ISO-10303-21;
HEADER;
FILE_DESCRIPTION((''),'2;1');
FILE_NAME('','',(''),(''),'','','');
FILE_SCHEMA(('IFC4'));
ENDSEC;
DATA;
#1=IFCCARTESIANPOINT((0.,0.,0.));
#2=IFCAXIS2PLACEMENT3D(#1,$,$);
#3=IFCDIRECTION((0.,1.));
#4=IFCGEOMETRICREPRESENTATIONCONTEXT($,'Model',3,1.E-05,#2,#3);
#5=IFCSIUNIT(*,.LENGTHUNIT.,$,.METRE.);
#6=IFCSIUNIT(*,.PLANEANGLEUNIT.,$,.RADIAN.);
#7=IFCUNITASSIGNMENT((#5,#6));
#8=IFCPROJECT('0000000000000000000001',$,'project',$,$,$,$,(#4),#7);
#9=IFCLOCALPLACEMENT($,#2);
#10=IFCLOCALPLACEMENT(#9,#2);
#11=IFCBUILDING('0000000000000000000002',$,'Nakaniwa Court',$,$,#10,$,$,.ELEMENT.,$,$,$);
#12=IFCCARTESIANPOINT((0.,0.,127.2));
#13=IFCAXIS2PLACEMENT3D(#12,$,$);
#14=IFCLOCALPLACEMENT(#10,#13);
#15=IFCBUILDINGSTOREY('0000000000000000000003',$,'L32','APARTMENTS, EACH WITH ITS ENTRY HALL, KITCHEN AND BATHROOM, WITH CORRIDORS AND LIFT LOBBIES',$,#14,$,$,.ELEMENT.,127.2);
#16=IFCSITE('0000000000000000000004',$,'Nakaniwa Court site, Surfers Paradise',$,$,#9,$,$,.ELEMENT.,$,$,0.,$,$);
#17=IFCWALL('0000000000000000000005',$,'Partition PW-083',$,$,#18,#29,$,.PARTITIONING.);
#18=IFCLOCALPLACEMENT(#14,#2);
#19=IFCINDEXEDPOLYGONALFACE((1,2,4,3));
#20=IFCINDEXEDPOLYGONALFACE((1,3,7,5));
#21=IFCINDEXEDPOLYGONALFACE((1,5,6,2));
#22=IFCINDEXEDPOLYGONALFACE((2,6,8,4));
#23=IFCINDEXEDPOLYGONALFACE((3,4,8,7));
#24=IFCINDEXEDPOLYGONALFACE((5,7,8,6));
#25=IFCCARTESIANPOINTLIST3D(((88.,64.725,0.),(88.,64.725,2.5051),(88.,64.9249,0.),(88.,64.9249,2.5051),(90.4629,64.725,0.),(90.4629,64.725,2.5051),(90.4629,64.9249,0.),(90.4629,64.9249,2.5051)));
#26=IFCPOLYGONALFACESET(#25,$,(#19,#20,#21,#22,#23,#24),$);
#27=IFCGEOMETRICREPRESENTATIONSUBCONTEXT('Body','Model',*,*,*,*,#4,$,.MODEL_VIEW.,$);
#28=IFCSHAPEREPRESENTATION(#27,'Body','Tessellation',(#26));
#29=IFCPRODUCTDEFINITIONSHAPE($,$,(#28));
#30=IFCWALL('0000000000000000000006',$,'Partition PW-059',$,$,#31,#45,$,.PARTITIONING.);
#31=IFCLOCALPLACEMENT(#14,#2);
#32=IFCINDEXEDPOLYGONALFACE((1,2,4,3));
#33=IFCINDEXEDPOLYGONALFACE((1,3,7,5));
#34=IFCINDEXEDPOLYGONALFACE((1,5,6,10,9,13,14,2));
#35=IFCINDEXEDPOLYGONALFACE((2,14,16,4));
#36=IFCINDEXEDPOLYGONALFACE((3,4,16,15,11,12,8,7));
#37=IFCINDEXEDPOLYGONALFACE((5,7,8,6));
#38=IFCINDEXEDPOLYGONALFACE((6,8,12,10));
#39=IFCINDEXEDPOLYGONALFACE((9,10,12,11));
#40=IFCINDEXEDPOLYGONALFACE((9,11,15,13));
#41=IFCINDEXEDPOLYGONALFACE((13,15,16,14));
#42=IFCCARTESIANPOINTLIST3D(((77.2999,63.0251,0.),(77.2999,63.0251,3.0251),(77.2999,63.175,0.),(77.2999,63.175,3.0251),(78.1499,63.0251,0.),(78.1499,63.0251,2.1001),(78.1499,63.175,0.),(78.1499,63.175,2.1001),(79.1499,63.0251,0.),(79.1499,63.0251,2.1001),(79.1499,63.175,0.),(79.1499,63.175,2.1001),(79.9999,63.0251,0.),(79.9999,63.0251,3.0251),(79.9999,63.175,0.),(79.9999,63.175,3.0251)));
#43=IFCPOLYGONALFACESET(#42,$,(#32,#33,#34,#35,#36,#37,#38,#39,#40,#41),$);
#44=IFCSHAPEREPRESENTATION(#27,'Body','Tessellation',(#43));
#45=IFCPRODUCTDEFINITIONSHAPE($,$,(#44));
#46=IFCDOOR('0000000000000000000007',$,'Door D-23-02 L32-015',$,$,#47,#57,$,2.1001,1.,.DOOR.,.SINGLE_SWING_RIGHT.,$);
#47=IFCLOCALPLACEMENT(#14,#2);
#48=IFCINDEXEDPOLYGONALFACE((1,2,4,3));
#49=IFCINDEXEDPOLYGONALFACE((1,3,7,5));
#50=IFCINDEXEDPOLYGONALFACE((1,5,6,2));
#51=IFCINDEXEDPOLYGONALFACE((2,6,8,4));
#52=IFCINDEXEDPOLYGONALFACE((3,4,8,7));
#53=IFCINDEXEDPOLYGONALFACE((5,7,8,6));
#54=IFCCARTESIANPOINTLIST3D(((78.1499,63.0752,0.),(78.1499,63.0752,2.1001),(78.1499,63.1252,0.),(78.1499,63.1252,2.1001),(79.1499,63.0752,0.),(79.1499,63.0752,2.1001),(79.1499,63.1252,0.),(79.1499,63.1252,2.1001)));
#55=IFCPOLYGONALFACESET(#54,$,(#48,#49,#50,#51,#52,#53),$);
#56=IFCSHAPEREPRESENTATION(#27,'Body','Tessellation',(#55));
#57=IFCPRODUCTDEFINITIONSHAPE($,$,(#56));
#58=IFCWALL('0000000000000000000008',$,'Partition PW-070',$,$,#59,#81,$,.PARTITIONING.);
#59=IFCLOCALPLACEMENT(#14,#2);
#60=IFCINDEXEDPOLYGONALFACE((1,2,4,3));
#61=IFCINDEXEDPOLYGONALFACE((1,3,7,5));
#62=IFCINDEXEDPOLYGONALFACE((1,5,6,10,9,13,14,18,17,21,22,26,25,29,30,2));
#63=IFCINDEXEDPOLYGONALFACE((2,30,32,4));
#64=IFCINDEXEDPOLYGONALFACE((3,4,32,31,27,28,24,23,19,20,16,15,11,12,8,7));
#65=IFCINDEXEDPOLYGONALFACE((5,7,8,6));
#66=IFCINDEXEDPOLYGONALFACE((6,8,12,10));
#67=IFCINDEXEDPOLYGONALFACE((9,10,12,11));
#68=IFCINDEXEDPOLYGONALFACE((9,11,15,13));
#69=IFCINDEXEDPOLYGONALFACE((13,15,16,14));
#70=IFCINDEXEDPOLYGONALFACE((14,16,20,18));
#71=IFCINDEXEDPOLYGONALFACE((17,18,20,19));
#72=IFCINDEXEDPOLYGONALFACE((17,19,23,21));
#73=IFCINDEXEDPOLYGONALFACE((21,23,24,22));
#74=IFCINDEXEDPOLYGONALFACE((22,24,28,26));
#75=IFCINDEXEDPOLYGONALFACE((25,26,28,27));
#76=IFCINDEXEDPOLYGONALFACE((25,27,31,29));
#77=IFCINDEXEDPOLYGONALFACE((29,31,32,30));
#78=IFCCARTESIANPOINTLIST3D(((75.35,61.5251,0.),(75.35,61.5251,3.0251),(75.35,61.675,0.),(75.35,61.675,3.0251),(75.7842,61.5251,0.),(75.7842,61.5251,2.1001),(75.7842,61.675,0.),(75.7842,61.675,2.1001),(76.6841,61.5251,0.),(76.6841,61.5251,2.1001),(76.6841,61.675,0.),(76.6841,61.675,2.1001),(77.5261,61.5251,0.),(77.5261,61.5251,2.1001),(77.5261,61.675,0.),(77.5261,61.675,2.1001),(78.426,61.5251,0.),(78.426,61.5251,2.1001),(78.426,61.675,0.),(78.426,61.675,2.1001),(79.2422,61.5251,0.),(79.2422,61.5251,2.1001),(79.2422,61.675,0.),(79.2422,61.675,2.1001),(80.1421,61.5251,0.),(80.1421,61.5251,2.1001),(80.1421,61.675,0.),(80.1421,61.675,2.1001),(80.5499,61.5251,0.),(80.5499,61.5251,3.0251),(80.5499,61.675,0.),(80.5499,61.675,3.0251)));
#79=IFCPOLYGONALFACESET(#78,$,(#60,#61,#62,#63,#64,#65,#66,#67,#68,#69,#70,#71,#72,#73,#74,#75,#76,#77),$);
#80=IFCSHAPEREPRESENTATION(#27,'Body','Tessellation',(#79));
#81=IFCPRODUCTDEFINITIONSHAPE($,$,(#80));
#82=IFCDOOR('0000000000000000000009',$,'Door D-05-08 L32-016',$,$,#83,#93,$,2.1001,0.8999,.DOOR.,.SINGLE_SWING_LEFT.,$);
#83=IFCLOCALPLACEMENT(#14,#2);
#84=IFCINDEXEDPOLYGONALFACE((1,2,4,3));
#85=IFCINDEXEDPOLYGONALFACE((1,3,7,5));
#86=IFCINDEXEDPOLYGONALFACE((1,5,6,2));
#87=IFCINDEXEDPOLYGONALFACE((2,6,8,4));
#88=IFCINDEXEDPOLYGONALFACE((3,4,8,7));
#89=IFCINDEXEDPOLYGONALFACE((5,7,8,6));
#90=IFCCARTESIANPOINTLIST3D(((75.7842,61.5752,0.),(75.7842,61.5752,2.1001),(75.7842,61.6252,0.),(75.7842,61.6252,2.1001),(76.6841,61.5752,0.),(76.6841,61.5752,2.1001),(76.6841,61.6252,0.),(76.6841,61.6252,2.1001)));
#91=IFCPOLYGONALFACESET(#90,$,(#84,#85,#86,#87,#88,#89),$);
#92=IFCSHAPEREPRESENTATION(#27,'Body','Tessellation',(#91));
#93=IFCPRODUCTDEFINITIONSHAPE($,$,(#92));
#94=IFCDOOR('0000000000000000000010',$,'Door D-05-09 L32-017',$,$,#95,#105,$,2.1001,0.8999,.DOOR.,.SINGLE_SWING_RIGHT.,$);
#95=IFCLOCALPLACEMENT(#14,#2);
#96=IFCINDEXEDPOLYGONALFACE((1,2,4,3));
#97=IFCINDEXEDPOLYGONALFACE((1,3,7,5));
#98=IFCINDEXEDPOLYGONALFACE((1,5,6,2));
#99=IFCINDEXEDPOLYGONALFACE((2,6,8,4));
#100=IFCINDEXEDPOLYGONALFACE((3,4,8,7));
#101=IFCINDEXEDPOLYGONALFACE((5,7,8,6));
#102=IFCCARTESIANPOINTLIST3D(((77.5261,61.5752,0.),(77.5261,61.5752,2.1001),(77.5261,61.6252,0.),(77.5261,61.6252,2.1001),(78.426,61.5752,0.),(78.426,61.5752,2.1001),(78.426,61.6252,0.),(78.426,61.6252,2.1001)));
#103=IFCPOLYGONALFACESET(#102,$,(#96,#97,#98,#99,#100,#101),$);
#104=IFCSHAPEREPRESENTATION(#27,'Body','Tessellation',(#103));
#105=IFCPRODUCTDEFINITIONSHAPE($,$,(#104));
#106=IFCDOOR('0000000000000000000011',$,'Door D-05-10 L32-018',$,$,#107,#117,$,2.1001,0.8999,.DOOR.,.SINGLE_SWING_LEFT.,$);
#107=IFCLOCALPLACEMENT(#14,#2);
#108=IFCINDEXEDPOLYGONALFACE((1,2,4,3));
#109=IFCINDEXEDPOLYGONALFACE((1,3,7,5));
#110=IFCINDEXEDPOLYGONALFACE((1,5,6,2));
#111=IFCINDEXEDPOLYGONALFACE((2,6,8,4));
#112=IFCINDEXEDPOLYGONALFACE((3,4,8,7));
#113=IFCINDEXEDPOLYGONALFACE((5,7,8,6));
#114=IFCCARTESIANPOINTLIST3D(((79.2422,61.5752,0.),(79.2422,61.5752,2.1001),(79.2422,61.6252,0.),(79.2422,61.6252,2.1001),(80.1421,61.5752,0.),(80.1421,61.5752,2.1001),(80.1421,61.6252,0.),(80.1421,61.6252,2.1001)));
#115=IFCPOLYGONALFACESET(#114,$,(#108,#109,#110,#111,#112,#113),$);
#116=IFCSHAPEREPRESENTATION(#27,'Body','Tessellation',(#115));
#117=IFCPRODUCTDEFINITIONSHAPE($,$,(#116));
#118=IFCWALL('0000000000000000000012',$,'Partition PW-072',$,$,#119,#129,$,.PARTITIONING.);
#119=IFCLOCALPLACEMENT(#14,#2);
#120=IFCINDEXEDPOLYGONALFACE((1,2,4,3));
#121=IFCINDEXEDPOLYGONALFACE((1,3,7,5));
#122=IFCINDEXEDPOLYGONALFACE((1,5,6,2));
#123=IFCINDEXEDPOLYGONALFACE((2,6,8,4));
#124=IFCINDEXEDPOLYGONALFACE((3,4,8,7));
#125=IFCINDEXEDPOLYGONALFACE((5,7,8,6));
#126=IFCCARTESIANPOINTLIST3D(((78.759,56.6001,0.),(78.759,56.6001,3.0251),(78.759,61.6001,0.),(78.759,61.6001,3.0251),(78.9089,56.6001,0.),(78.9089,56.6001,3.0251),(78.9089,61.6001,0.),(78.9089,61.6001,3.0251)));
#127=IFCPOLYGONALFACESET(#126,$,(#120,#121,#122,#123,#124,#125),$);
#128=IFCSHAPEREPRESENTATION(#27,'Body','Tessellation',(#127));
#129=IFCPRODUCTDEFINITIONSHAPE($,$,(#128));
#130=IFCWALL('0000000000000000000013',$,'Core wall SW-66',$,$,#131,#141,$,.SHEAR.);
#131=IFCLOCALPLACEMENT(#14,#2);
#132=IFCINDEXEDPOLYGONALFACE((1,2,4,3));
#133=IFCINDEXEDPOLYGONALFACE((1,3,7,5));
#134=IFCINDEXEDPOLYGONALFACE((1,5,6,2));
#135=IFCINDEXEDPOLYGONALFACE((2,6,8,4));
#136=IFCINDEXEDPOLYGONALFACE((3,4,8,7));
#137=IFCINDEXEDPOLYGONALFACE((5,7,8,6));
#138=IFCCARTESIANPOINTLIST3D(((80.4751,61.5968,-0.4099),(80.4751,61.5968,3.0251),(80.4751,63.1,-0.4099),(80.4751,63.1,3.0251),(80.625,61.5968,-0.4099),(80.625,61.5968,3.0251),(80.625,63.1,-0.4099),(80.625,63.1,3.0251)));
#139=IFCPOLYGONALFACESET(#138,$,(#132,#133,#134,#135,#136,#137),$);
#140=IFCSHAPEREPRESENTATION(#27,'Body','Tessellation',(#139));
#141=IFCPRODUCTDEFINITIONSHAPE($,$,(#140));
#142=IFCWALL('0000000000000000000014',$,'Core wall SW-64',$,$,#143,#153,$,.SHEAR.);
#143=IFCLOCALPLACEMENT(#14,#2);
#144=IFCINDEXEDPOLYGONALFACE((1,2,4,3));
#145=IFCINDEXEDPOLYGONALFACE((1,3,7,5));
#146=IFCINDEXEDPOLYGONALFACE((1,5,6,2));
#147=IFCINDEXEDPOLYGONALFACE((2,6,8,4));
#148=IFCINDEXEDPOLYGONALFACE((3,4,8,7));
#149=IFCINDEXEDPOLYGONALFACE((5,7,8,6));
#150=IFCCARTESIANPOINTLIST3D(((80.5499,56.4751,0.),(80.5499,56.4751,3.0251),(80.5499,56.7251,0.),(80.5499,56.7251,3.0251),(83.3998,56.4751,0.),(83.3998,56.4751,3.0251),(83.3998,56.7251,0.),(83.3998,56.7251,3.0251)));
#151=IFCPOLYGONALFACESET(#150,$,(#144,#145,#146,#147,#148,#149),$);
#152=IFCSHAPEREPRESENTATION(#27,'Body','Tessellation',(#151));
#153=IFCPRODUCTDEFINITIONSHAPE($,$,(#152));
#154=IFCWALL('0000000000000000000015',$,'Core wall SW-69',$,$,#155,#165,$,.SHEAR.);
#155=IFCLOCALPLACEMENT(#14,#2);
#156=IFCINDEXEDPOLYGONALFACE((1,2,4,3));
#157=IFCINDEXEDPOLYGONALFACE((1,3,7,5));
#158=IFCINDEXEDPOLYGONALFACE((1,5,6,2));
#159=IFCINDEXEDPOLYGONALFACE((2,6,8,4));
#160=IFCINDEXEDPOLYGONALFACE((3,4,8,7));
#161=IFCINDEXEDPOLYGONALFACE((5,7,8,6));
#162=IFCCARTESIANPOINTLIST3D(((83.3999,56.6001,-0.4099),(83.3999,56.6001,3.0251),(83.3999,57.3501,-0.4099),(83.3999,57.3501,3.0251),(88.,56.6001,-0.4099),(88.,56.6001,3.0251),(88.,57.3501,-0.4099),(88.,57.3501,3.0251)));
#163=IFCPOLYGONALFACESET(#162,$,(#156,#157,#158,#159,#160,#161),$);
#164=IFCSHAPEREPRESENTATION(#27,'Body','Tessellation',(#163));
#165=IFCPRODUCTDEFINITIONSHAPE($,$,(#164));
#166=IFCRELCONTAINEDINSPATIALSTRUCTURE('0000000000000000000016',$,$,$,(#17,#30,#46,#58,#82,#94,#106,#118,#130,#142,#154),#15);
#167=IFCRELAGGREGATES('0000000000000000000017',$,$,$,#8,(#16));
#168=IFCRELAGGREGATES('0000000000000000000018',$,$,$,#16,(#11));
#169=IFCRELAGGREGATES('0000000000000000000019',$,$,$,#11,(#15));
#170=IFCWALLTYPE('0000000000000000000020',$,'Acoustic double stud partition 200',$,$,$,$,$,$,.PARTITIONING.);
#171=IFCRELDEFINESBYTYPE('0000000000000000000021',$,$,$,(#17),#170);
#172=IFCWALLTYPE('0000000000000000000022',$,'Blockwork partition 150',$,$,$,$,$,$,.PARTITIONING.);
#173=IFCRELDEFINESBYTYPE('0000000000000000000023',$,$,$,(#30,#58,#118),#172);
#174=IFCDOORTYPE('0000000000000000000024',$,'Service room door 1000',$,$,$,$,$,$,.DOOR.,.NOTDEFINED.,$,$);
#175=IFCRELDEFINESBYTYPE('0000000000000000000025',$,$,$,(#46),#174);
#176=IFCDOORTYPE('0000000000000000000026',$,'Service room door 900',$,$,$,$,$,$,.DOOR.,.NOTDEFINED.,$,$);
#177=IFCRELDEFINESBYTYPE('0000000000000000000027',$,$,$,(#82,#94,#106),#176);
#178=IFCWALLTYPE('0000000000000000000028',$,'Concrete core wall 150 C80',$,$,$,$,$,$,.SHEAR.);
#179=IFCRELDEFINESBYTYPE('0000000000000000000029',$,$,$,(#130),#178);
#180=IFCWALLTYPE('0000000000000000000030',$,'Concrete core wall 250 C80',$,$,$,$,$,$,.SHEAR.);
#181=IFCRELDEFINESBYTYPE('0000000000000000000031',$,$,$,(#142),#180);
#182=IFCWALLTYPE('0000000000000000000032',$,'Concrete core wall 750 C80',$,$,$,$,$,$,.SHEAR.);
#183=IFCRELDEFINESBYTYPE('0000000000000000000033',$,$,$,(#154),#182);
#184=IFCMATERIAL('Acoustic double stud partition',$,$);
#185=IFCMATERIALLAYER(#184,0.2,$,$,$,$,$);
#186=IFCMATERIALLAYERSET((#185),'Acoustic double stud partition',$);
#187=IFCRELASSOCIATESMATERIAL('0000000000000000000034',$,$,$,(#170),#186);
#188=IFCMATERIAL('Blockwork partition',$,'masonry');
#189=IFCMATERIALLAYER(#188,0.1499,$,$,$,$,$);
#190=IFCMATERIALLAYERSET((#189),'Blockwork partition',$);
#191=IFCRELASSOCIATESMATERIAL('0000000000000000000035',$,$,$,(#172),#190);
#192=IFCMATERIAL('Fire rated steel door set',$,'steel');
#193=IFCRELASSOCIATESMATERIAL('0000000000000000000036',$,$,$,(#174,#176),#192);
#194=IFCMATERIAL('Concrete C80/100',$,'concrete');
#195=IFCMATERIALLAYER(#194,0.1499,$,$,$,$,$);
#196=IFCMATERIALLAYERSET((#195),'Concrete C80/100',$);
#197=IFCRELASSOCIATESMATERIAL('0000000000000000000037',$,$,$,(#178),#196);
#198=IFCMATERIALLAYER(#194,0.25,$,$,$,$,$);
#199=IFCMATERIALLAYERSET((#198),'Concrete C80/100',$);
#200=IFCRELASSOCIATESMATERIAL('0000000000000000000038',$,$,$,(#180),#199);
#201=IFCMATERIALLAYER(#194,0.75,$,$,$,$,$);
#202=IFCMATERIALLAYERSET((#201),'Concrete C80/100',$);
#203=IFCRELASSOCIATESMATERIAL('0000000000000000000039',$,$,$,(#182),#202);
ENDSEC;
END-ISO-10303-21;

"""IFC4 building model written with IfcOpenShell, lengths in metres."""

from ifc_helpers import new_model, si_unit, direction, frame, frame_2d, origin, place, context, subcontext, project, spatial, rectangle, extrude, material, layer, layer_set, type_object, element, fill, save


model = new_model("IFC4")

# Units and contexts
model_context = context("Model", 3, precision=1e-05, world=origin(), true_north=direction((0.0, 1.0)))
body_context = subcontext(model_context, "Body", "Model", "MODEL_VIEW")
ifc_project = project(units=[si_unit("LENGTHUNIT", "METRE"), si_unit("PLANEANGLEUNIT", "RADIAN")], contexts=[model_context])

# Site, building, storey
site_placement = place(None, origin())
site = spatial("IfcSite", under=ifc_project, at=site_placement, Name="Nakaniwa Court site, Surfers Paradise", CompositionType="ELEMENT", RefElevation=0.0)
building_placement = place(site_placement, origin())
building = spatial("IfcBuilding", under=site, at=building_placement, Name="Nakaniwa Court", CompositionType="ELEMENT")
storey_placement = place(building_placement, frame((0.0, 0.0, 127.2)))
storey = spatial("IfcBuildingStorey", under=building, at=storey_placement, Name="L32", Description="APARTMENTS, EACH WITH ITS ENTRY HALL, KITCHEN AND BATHROOM, WITH CORRIDORS AND LIFT LOBBIES", CompositionType="ELEMENT", Elevation=127.2)

# Wall
ifc_material_1 = material(Name="Acoustic double stud partition")
ifc_layer_1 = layer(ifc_material_1, 0.2)
ifc_layer_set_1 = layer_set([ifc_layer_1], Name="Acoustic double stud partition")
wall_type_1 = type_object("IfcWallType", Name="Acoustic double stud partition 200", PredefinedType="PARTITIONING", material=ifc_layer_set_1)
wall_1_placement = place(storey_placement, frame((88.0, 64.825, 0.0), z_axis=(0.0, 0.0, 1.0), x_axis=(1.0, 0.0, 0.0)))
element("IfcWall", 1, at=wall_1_placement, inside=storey, type_object=wall_type_1, Name="Partition PW-083", PredefinedType="PARTITIONING", context=body_context, shape_type="SweptSolid", body=[
    extrude(rectangle(XDim=2.4629, YDim=0.2, at=frame_2d((1.2314, 0.0))), origin(), (0.0, 0.0, 1.0), 2.5051),
])

# Wall, opening, door
ifc_material_2 = material(Name="Blockwork partition", Category="masonry")
ifc_layer_2 = layer(ifc_material_2, 0.1499)
ifc_layer_set_2 = layer_set([ifc_layer_2], Name="Blockwork partition")
wall_type_2 = type_object("IfcWallType", Name="Blockwork partition 150", PredefinedType="PARTITIONING", material=ifc_layer_set_2)
wall_2_placement = place(storey_placement, frame((80.0, 63.1001, 0.0), z_axis=(0.0, 0.0, 1.0), x_axis=(-1.0, 0.0, 0.0)))
wall_2 = element("IfcWall", 2, at=wall_2_placement, inside=storey, type_object=wall_type_2, Name="Partition PW-059", PredefinedType="PARTITIONING", context=body_context, shape_type="SweptSolid", body=[
    extrude(rectangle(XDim=2.7, YDim=0.1499, at=frame_2d((1.3501, 0.0))), origin(), (0.0, 0.0, 1.0), 3.0251),
])
opening_1_placement = place(wall_2_placement, frame((0.8501, 0.0, 0.0)))
opening_1 = element("IfcOpeningElement", 3, at=opening_1_placement, cuts=wall_2, PredefinedType="OPENING", context=body_context, shape_type="SweptSolid", body=[
    extrude(rectangle(XDim=1.0, YDim=2.1001, at=frame_2d((0.5, 1.05))), frame((0.0, 0.085, 0.0), z_axis=(0.0, -1.0, 0.0), x_axis=(1.0, 0.0, 0.0)), (0.0, 0.0, 1.0), 0.1699),
])
ifc_material_3 = material(Name="Fire rated steel door set", Category="steel")
door_type_1 = type_object("IfcDoorType", Name="Service room door 1000", OperationType="NOTDEFINED", PredefinedType="DOOR", material=ifc_material_3)
door_1_placement = place(opening_1_placement, origin())
door_1 = element("IfcDoor", 4, at=door_1_placement, inside=storey, type_object=door_type_1, Name="Door D-23-02 L32-015", OperationType="SINGLE_SWING_RIGHT", OverallHeight=2.1001, OverallWidth=1.0, PredefinedType="DOOR", context=body_context, shape_type="SweptSolid", body=[
    extrude(rectangle(XDim=1.0, YDim=2.1001, at=frame_2d((0.5, 1.05))), frame((0.0, 0.0249, 0.0), z_axis=(0.0, -1.0, 0.0), x_axis=(1.0, 0.0, 0.0)), (0.0, 0.0, 1.0), 0.05),
])
fill(opening_1, door_1)

# Wall, openings, doors
wall_3_placement = place(storey_placement, frame((80.55, 61.6001, 0.0), z_axis=(0.0, 0.0, 1.0), x_axis=(-1.0, 0.0, 0.0)))
wall_3 = element("IfcWall", 5, at=wall_3_placement, inside=storey, type_object=wall_type_2, Name="Partition PW-070", PredefinedType="PARTITIONING", context=body_context, shape_type="SweptSolid", body=[
    extrude(rectangle(XDim=5.2, YDim=0.1499, at=frame_2d((2.6001, 0.0))), origin(), (0.0, 0.0, 1.0), 3.0251),
])
opening_2_placement = place(wall_3_placement, frame((3.866, 0.0, 0.0)))
opening_2 = element("IfcOpeningElement", 6, at=opening_2_placement, cuts=wall_3, PredefinedType="OPENING", context=body_context, shape_type="SweptSolid", body=[
    extrude(rectangle(XDim=0.8999, YDim=2.1001, at=frame_2d((0.45, 1.05))), frame((0.0, 0.085, 0.0), z_axis=(0.0, -1.0, 0.0), x_axis=(1.0, 0.0, 0.0)), (0.0, 0.0, 1.0), 0.1699),
])
opening_3_placement = place(wall_3_placement, frame((2.124, 0.0, 0.0)))
opening_3 = element("IfcOpeningElement", 7, at=opening_3_placement, cuts=wall_3, PredefinedType="OPENING", context=body_context, shape_type="SweptSolid", body=[
    extrude(rectangle(XDim=0.8999, YDim=2.1001, at=frame_2d((0.45, 1.05))), frame((0.0, 0.085, 0.0), z_axis=(0.0, -1.0, 0.0), x_axis=(1.0, 0.0, 0.0)), (0.0, 0.0, 1.0), 0.1699),
])
opening_4_placement = place(wall_3_placement, frame((0.408, 0.0, 0.0)))
opening_4 = element("IfcOpeningElement", 8, at=opening_4_placement, cuts=wall_3, PredefinedType="OPENING", context=body_context, shape_type="SweptSolid", body=[
    extrude(rectangle(XDim=0.8999, YDim=2.1001, at=frame_2d((0.45, 1.05))), frame((0.0, 0.085, 0.0), z_axis=(0.0, -1.0, 0.0), x_axis=(1.0, 0.0, 0.0)), (0.0, 0.0, 1.0), 0.1699),
])
door_type_2 = type_object("IfcDoorType", Name="Service room door 900", OperationType="NOTDEFINED", PredefinedType="DOOR", material=ifc_material_3)
door_2_placement = place(opening_2_placement, origin())
door_2 = element("IfcDoor", 9, at=door_2_placement, inside=storey, type_object=door_type_2, Name="Door D-05-08 L32-016", OperationType="SINGLE_SWING_LEFT", OverallHeight=2.1001, OverallWidth=0.8999, PredefinedType="DOOR", context=body_context, shape_type="SweptSolid", body=[
    extrude(rectangle(XDim=0.8999, YDim=2.1001, at=frame_2d((0.45, 1.05))), frame((0.0, 0.0249, 0.0), z_axis=(0.0, -1.0, 0.0), x_axis=(1.0, 0.0, 0.0)), (0.0, 0.0, 1.0), 0.05),
])
fill(opening_2, door_2)
door_3_placement = place(opening_3_placement, origin())
door_3 = element("IfcDoor", 10, at=door_3_placement, inside=storey, type_object=door_type_2, Name="Door D-05-09 L32-017", OperationType="SINGLE_SWING_RIGHT", OverallHeight=2.1001, OverallWidth=0.8999, PredefinedType="DOOR", context=body_context, shape_type="SweptSolid", body=[
    extrude(rectangle(XDim=0.8999, YDim=2.1001, at=frame_2d((0.45, 1.05))), frame((0.0, 0.0249, 0.0), z_axis=(0.0, -1.0, 0.0), x_axis=(1.0, 0.0, 0.0)), (0.0, 0.0, 1.0), 0.05),
])
fill(opening_3, door_3)
door_4_placement = place(opening_4_placement, origin())
door_4 = element("IfcDoor", 11, at=door_4_placement, inside=storey, type_object=door_type_2, Name="Door D-05-10 L32-018", OperationType="SINGLE_SWING_LEFT", OverallHeight=2.1001, OverallWidth=0.8999, PredefinedType="DOOR", context=body_context, shape_type="SweptSolid", body=[
    extrude(rectangle(XDim=0.8999, YDim=2.1001, at=frame_2d((0.45, 1.05))), frame((0.0, 0.0249, 0.0), z_axis=(0.0, -1.0, 0.0), x_axis=(1.0, 0.0, 0.0)), (0.0, 0.0, 1.0), 0.05),
])
fill(opening_4, door_4)

# Walls
wall_4_placement = place(storey_placement, frame((78.834, 56.6001, 0.0), z_axis=(0.0, 0.0, 1.0), x_axis=(0.0, 1.0, 0.0)))
element("IfcWall", 12, at=wall_4_placement, inside=storey, type_object=wall_type_2, Name="Partition PW-072", PredefinedType="PARTITIONING", context=body_context, shape_type="SweptSolid", body=[
    extrude(rectangle(XDim=5.0, YDim=0.1499, at=frame_2d((2.5, 0.0))), origin(), (0.0, 0.0, 1.0), 3.0251),
])
ifc_material_4 = material(Name="Concrete C80/100", Category="concrete")
ifc_layer_3 = layer(ifc_material_4, 0.1499)
ifc_layer_set_3 = layer_set([ifc_layer_3], Name="Concrete C80/100")
wall_type_3 = type_object("IfcWallType", Name="Concrete core wall 150 C80", PredefinedType="SHEAR", material=ifc_layer_set_3)
wall_5_placement = place(storey_placement, frame((80.55, 61.5969, -0.4099), z_axis=(0.0, 0.0, 1.0), x_axis=(0.0, 1.0, 0.0)))
element("IfcWall", 13, at=wall_5_placement, inside=storey, type_object=wall_type_3, Name="Core wall SW-66", PredefinedType="SHEAR", context=body_context, shape_type="SweptSolid", body=[
    extrude(rectangle(XDim=1.5032, YDim=0.1499, at=frame_2d((0.7515, 0.0))), origin(), (0.0, 0.0, 1.0), 3.4351),
])
ifc_layer_4 = layer(ifc_material_4, 0.25)
ifc_layer_set_4 = layer_set([ifc_layer_4], Name="Concrete C80/100")
wall_type_4 = type_object("IfcWallType", Name="Concrete core wall 250 C80", PredefinedType="SHEAR", material=ifc_layer_set_4)
wall_6_placement = place(storey_placement, frame((80.55, 56.6001, 0.0), z_axis=(0.0, 0.0, 1.0), x_axis=(1.0, 0.0, 0.0)))
element("IfcWall", 14, at=wall_6_placement, inside=storey, type_object=wall_type_4, Name="Core wall SW-64", PredefinedType="SHEAR", context=body_context, shape_type="SweptSolid", body=[
    extrude(rectangle(XDim=2.8499, YDim=0.25, at=frame_2d((1.4248, 0.0))), origin(), (0.0, 0.0, 1.0), 3.0251),
])
ifc_layer_5 = layer(ifc_material_4, 0.75)
ifc_layer_set_5 = layer_set([ifc_layer_5], Name="Concrete C80/100")
wall_type_5 = type_object("IfcWallType", Name="Concrete core wall 750 C80", PredefinedType="SHEAR", material=ifc_layer_set_5)
wall_7_placement = place(storey_placement, frame((83.3999, 56.9751, -0.4099), z_axis=(0.0, 0.0, 1.0), x_axis=(1.0, 0.0, 0.0)))
element("IfcWall", 15, at=wall_7_placement, inside=storey, type_object=wall_type_5, Name="Core wall SW-69", PredefinedType="SHEAR", context=body_context, shape_type="SweptSolid", body=[
    extrude(rectangle(XDim=4.6001, YDim=0.75, at=frame_2d((2.3, 0.0))), origin(), (0.0, 0.0, 1.0), 3.4351),
])

save(model, "model.ifc")
